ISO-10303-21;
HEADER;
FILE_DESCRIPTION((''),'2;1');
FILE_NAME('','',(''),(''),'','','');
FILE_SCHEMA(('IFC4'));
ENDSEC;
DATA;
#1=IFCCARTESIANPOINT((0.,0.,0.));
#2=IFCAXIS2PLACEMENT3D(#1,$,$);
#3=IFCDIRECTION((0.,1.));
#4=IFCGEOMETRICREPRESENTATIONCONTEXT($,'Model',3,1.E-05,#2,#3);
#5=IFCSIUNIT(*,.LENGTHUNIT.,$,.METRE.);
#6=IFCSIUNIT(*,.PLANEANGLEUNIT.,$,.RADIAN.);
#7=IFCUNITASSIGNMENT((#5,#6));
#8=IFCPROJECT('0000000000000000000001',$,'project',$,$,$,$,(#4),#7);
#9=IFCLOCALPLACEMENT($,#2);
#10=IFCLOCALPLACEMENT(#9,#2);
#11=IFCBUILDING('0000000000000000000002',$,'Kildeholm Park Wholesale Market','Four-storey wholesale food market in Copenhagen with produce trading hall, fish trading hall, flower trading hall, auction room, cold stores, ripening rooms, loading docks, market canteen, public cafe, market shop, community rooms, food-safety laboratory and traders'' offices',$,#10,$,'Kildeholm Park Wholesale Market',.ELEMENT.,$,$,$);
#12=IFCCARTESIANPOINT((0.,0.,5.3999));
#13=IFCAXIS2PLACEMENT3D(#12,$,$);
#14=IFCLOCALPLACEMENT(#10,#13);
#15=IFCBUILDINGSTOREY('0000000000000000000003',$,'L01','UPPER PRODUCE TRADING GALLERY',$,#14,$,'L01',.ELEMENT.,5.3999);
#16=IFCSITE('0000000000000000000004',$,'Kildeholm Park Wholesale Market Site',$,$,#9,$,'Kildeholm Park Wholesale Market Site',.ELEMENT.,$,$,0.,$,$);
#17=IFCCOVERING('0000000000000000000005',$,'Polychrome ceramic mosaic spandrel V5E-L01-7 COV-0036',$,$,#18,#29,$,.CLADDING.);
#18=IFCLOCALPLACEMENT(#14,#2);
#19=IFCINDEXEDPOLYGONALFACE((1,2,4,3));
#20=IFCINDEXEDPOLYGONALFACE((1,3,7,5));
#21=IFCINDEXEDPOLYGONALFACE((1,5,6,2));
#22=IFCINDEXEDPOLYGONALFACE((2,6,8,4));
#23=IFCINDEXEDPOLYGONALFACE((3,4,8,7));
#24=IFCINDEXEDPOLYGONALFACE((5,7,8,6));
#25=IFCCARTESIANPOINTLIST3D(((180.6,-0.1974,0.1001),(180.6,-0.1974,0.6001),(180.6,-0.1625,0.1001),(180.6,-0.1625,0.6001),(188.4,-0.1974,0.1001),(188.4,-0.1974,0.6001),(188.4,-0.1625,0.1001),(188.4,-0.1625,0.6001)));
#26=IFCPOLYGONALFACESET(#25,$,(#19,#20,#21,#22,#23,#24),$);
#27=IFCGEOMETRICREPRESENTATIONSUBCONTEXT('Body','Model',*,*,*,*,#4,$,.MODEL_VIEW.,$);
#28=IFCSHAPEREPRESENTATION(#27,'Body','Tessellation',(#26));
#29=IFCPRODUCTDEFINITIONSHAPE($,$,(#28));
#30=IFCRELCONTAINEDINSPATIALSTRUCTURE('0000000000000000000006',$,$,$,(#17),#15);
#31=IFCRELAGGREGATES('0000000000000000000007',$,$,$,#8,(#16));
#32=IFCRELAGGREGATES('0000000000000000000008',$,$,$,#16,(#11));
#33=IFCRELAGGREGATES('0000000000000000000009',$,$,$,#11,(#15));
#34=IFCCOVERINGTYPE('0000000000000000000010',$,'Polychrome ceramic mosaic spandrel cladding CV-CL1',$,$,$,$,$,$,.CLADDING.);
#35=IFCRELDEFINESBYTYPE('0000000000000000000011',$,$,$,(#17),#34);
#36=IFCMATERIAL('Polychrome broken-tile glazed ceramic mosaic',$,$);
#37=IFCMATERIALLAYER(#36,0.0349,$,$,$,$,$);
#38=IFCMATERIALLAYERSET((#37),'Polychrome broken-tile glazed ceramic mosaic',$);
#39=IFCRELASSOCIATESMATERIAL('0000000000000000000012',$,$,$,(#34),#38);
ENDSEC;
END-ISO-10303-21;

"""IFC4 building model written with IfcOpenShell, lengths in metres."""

from ifc_helpers import new_model, si_unit, direction, frame, origin, origin_2d, place, context, subcontext, project, spatial, rectangle, extrude, material, layer, layer_set, type_object, element, save


model = new_model("IFC4")

# Units and contexts
model_context = context("Model", 3, precision=1e-05, world=origin(), true_north=direction((0.0, 1.0)))
body_context = subcontext(model_context, "Body", "Model", "MODEL_VIEW")
ifc_project = project(units=[si_unit("LENGTHUNIT", "METRE"), si_unit("PLANEANGLEUNIT", "RADIAN")], contexts=[model_context])

# Site, building, storey
site_placement = place(None, origin())
site = spatial("IfcSite", under=ifc_project, at=site_placement, Name="Kildeholm Park Wholesale Market Site", LongName="Kildeholm Park Wholesale Market Site", CompositionType="ELEMENT", RefElevation=0.0)
building_placement = place(site_placement, origin())
building = spatial("IfcBuilding", under=site, at=building_placement, Name="Kildeholm Park Wholesale Market", Description="Four-storey wholesale food market in Copenhagen with produce trading hall, fish trading hall, flower trading hall, auction room, cold stores, ripening rooms, loading docks, market canteen, public cafe, market shop, community rooms, food-safety laboratory and traders' offices", LongName="Kildeholm Park Wholesale Market", CompositionType="ELEMENT")
storey_placement = place(building_placement, frame((0.0, 0.0, 5.3999)))
storey = spatial("IfcBuildingStorey", under=building, at=storey_placement, Name="L01", Description="UPPER PRODUCE TRADING GALLERY", LongName="L01", CompositionType="ELEMENT", Elevation=5.3999)

# Covering
ifc_material_1 = material(Name="Polychrome broken-tile glazed ceramic mosaic")
ifc_layer_1 = layer(ifc_material_1, 0.0349)
ifc_layer_set_1 = layer_set([ifc_layer_1], Name="Polychrome broken-tile glazed ceramic mosaic")
covering_type = type_object("IfcCoveringType", Name="Polychrome ceramic mosaic spandrel cladding CV-CL1", PredefinedType="CLADDING", material=ifc_layer_set_1)
covering_placement = place(storey_placement, frame((184.5, -0.1799, 0.1001), z_axis=(0.0, 0.0, 1.0), x_axis=(1.0, 0.0, 0.0)))
element("IfcCovering", 1, at=covering_placement, inside=storey, type_object=covering_type, Name="Polychrome ceramic mosaic spandrel V5E-L01-7 COV-0036", PredefinedType="CLADDING", context=body_context, shape_type="SweptSolid", body=[
    extrude(rectangle(XDim=7.8, YDim=0.0349, at=origin_2d()), origin(), (0.0, 0.0, 1.0), 0.5),
])

save(model, "model.ifc")
